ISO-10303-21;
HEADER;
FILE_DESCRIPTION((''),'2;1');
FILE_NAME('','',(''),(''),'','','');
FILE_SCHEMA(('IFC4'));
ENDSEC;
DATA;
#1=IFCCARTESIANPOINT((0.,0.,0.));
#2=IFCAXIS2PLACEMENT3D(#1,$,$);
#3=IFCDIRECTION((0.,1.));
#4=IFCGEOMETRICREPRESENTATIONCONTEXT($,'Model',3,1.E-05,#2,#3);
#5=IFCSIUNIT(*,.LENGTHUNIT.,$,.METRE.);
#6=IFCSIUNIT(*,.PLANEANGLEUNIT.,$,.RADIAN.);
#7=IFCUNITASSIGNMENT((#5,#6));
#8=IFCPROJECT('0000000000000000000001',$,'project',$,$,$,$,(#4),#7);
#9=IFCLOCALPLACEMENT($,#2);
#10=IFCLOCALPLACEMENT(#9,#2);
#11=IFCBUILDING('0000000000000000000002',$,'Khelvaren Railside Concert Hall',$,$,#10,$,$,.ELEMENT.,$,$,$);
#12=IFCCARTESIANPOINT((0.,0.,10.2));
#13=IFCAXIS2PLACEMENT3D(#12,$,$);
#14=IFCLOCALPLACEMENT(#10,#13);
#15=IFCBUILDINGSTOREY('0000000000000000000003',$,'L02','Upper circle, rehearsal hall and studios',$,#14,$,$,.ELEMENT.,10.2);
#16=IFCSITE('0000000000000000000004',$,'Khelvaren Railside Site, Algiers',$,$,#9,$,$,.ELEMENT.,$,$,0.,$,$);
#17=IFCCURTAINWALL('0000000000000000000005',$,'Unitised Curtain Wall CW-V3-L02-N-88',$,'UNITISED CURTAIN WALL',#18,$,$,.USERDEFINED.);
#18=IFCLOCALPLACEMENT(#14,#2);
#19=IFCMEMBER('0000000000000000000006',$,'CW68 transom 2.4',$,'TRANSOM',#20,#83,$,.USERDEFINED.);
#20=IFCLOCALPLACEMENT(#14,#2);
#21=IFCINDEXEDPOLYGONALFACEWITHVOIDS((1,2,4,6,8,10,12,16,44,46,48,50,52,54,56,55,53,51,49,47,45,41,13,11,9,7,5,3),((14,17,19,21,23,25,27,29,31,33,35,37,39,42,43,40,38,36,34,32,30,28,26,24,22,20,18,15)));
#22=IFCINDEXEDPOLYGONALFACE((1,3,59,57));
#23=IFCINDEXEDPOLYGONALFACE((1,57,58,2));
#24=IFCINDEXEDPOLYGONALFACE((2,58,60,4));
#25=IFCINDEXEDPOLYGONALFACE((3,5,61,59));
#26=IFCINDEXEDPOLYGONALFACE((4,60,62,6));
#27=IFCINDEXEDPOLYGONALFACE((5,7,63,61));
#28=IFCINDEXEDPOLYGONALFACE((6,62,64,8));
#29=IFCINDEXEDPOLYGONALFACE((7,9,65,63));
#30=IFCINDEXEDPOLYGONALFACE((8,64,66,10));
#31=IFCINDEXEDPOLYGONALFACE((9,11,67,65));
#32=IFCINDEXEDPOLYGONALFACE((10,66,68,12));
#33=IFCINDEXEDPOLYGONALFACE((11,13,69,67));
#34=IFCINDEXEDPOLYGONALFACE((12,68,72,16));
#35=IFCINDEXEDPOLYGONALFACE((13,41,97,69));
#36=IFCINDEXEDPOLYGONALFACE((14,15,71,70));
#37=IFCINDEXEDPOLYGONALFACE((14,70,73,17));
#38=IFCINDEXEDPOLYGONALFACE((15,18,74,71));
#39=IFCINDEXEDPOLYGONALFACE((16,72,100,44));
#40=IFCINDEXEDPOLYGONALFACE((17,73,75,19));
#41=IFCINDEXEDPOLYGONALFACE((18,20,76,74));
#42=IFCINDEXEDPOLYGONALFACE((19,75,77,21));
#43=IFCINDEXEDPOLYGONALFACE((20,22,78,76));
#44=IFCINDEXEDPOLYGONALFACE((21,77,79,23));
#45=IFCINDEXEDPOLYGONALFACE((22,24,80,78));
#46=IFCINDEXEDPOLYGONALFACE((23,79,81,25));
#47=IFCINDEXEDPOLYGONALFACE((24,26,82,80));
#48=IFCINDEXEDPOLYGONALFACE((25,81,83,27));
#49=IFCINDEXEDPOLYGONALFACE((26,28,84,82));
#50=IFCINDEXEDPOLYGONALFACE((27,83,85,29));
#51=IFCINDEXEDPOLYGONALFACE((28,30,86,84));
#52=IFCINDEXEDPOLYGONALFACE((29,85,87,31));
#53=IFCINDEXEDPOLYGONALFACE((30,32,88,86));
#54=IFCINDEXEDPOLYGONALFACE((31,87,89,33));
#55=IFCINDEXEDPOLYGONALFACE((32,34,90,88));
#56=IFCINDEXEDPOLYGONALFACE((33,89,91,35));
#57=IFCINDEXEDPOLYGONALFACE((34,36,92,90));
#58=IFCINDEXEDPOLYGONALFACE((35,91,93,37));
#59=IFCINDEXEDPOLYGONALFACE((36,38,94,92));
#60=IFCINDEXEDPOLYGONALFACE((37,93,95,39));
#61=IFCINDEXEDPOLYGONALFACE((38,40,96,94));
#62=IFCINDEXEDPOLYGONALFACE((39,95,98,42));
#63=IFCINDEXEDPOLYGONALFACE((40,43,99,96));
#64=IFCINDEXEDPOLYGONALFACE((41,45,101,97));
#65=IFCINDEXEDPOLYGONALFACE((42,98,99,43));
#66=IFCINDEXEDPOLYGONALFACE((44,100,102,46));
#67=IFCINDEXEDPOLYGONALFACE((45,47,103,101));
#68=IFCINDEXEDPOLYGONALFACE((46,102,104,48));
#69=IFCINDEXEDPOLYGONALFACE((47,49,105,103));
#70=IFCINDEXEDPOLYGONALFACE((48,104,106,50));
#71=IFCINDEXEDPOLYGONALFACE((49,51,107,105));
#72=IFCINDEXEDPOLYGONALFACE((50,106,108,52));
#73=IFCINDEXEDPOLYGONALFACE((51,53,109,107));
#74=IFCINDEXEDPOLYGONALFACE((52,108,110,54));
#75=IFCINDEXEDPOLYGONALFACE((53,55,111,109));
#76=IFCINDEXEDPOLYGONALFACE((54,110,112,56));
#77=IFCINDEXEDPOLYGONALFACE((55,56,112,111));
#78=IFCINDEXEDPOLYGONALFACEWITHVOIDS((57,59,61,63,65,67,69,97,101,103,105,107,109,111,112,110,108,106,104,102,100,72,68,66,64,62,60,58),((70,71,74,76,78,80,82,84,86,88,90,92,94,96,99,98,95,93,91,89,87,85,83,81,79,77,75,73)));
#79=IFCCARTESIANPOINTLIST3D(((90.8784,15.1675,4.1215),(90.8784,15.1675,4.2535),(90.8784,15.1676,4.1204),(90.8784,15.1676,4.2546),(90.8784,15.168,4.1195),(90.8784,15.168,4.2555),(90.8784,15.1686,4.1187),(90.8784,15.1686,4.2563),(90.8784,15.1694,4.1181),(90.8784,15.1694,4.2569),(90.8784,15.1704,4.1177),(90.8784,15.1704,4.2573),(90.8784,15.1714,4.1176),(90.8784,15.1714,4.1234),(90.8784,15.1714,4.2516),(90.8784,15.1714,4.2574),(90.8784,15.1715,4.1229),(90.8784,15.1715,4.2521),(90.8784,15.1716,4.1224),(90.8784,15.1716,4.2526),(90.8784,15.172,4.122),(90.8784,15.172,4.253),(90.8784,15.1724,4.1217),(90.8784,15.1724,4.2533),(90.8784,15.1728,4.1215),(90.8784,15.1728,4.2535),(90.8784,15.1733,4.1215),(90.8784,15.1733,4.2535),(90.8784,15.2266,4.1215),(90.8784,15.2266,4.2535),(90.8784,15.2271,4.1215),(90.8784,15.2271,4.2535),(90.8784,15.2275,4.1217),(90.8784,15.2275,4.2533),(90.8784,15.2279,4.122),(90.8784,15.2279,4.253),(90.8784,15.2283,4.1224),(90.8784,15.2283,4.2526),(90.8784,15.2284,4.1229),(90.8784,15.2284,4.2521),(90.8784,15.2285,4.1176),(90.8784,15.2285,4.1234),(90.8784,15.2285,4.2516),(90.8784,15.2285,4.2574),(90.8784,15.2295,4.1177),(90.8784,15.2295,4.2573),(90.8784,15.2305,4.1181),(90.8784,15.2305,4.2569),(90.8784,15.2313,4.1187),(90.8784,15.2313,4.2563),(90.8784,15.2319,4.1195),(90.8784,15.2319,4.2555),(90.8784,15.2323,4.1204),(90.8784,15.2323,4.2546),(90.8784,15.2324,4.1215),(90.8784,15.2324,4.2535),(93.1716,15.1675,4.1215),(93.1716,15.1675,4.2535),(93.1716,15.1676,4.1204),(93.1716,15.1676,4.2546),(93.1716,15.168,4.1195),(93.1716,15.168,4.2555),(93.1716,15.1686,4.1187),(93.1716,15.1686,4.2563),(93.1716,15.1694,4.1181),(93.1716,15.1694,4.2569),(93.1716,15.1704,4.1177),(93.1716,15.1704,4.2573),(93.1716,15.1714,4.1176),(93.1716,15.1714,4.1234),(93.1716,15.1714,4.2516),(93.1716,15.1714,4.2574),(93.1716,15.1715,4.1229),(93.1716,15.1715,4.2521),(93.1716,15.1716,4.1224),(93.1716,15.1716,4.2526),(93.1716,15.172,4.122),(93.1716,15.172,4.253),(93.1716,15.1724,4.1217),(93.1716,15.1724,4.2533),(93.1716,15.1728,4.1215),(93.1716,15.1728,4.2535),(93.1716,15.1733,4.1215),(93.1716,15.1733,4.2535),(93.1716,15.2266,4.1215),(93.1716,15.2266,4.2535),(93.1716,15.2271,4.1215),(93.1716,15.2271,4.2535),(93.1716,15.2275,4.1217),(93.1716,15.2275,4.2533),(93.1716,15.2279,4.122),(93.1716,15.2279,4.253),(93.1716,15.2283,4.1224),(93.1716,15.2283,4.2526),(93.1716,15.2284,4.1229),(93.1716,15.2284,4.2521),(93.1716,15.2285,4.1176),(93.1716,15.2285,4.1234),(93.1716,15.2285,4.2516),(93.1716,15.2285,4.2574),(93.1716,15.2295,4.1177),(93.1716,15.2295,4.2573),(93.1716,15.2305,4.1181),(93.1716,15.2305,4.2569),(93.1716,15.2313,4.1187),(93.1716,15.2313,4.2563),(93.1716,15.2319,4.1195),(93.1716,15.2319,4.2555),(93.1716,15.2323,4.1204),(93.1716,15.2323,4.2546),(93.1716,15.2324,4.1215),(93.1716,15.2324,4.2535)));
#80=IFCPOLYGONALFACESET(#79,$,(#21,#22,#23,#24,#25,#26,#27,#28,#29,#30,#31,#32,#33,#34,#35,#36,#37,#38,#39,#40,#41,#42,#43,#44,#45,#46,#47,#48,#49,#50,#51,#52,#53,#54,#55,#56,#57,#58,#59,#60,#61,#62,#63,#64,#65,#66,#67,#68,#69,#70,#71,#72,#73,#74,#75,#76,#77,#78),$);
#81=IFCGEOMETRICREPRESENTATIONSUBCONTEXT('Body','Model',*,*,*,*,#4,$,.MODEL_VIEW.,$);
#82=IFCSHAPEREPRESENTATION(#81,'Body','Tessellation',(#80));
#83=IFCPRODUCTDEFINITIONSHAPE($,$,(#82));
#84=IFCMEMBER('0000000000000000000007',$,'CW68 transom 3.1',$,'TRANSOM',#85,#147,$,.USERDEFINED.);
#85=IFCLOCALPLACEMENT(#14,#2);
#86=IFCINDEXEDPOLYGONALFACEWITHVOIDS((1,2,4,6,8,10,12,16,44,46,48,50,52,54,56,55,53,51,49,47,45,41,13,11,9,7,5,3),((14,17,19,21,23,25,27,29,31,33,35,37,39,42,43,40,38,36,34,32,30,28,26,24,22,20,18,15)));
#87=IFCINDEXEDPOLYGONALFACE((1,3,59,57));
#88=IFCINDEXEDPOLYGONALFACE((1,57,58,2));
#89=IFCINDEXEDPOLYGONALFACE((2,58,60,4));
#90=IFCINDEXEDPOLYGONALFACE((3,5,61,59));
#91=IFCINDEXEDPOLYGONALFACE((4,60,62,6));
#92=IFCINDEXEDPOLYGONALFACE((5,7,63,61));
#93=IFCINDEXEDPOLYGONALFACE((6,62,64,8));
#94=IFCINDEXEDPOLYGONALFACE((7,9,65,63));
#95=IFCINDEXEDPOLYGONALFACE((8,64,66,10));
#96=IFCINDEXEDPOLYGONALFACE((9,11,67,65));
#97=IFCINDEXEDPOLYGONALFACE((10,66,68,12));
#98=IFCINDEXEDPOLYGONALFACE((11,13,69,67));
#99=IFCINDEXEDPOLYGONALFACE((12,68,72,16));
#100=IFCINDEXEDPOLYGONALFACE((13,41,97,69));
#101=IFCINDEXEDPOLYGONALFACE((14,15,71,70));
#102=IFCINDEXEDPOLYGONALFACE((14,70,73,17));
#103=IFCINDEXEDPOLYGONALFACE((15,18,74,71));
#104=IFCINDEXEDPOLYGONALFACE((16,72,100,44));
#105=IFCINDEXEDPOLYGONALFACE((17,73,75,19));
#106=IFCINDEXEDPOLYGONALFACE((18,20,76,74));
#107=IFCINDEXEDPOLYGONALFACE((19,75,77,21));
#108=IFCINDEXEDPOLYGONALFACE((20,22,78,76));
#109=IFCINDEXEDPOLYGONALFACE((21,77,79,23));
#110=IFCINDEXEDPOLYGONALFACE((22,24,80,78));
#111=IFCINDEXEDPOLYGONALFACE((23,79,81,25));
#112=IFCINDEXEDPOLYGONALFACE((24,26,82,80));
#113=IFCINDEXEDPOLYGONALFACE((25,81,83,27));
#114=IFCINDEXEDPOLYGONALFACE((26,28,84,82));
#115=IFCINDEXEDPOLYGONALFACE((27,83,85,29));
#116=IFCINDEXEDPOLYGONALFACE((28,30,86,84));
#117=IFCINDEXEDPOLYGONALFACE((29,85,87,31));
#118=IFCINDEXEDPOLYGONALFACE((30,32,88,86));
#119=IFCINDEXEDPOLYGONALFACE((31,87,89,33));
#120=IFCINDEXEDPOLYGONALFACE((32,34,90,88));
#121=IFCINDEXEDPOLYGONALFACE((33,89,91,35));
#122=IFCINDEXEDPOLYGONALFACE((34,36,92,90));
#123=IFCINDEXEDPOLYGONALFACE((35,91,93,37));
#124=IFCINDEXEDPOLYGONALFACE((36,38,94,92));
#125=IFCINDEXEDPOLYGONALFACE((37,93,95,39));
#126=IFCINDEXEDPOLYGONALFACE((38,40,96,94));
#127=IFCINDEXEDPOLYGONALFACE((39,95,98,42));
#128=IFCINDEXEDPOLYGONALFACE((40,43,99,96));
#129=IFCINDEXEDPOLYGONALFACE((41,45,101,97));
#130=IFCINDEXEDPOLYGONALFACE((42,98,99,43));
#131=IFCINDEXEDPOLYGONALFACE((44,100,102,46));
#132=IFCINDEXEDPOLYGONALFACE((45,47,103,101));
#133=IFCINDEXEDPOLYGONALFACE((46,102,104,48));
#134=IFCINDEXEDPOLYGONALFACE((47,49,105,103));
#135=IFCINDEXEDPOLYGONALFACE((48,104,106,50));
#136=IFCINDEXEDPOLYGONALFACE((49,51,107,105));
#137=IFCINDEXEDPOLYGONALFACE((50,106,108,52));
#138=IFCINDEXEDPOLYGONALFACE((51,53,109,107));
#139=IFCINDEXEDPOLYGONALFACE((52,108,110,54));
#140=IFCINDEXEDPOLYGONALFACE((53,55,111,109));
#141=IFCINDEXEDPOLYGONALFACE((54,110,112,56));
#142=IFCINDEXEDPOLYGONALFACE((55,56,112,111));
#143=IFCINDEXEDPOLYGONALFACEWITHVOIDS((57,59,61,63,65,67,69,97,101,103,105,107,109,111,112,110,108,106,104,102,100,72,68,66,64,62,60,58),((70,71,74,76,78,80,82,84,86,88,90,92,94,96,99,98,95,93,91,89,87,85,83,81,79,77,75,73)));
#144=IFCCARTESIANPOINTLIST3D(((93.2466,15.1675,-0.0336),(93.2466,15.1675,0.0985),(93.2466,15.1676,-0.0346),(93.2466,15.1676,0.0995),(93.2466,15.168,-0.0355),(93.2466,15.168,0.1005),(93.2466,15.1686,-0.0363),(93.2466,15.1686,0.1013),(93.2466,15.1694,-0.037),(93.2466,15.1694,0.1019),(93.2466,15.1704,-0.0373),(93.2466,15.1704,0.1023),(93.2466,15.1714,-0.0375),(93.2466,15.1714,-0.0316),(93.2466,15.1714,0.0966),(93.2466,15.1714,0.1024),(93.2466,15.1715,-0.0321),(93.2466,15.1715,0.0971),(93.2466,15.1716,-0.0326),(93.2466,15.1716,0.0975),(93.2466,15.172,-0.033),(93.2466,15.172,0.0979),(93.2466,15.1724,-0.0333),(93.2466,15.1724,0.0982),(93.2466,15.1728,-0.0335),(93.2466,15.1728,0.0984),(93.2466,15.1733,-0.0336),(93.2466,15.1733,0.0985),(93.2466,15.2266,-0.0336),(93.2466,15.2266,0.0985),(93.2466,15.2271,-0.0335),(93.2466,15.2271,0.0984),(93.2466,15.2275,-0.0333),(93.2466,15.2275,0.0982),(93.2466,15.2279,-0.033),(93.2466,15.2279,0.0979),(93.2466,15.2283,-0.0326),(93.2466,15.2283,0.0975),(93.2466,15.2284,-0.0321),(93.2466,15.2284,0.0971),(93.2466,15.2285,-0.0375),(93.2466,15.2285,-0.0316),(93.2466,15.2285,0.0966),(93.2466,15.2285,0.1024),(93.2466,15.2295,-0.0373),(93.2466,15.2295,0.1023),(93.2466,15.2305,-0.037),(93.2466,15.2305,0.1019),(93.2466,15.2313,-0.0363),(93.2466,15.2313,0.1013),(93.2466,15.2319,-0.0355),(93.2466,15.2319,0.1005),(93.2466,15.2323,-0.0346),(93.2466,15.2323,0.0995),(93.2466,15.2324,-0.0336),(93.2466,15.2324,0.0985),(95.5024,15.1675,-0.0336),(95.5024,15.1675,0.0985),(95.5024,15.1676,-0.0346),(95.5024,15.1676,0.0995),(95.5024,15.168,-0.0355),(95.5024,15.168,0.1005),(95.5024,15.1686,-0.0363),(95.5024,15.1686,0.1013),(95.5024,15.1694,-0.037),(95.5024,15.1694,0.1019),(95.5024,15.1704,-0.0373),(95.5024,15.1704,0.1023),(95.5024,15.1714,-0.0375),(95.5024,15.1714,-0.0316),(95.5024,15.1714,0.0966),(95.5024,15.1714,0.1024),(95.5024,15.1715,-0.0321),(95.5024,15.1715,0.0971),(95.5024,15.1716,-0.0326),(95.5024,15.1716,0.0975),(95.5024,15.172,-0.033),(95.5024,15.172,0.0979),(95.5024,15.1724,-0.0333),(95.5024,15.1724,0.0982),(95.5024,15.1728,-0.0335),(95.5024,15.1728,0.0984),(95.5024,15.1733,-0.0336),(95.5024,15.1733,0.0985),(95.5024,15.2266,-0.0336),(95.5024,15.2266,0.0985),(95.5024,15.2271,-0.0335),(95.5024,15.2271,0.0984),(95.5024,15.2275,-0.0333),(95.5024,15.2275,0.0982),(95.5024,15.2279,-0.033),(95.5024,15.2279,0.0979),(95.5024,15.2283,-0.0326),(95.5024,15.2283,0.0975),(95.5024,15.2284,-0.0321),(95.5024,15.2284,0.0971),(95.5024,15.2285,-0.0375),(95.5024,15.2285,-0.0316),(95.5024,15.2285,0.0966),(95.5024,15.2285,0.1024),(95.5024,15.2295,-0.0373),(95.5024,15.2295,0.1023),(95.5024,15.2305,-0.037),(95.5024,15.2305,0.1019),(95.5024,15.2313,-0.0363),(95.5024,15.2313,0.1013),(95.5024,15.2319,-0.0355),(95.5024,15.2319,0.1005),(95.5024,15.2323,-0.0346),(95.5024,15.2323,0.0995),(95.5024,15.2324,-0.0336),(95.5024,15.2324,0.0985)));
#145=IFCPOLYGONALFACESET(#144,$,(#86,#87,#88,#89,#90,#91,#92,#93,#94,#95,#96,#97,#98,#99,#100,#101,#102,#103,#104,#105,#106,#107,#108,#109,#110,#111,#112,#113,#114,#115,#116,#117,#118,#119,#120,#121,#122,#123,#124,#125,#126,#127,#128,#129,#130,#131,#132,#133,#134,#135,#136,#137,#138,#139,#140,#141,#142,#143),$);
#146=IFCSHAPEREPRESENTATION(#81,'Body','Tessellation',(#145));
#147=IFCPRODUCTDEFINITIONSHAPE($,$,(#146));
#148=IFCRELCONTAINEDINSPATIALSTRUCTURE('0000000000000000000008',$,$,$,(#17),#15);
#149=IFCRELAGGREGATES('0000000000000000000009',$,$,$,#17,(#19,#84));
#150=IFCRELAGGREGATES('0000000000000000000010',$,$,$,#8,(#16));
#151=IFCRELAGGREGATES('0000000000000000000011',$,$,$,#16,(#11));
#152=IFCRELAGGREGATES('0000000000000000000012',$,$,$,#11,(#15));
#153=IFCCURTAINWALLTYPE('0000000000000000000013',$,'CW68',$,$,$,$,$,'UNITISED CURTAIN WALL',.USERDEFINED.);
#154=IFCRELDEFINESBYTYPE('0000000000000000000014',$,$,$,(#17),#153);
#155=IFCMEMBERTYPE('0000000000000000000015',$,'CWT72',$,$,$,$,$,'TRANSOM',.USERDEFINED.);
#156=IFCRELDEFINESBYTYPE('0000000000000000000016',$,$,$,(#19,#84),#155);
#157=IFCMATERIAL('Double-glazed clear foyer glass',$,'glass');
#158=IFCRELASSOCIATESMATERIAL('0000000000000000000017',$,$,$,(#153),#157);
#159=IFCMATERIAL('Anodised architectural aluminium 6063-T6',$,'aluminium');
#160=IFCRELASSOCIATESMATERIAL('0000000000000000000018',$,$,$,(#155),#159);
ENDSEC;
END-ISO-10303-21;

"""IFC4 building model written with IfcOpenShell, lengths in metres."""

from ifc_helpers import new_model, si_unit, direction, frame, origin, origin_2d, place, context, subcontext, project, spatial, hollow_rectangle, extrude, material, material_profile, profile_set, type_object, element, aggregate, save


model = new_model("IFC4")

# Units and contexts
model_context = context("Model", 3, precision=1e-05, world=origin(), true_north=direction((0.0, 1.0)))
body_context = subcontext(model_context, "Body", "Model", "MODEL_VIEW")
ifc_project = project(units=[si_unit("LENGTHUNIT", "METRE"), si_unit("PLANEANGLEUNIT", "RADIAN")], contexts=[model_context])

# Site, building, storey
site_placement = place(None, origin())
site = spatial("IfcSite", under=ifc_project, at=site_placement, Name="Khelvaren Railside Site, Algiers", CompositionType="ELEMENT", RefElevation=0.0)
building_placement = place(site_placement, origin())
building = spatial("IfcBuilding", under=site, at=building_placement, Name="Khelvaren Railside Concert Hall", CompositionType="ELEMENT")
storey_placement = place(building_placement, frame((0.0, 0.0, 10.2)))
storey = spatial("IfcBuildingStorey", under=building, at=storey_placement, Name="L02", Description="Upper circle, rehearsal hall and studios", CompositionType="ELEMENT", Elevation=10.2)

# Curtain wall, members
ifc_material_1 = material(Name="Double-glazed clear foyer glass", Category="glass")
curtain_wall_type = type_object("IfcCurtainWallType", Name="CW68", ElementType="UNITISED CURTAIN WALL", PredefinedType="USERDEFINED", material=ifc_material_1)
curtain_wall_placement = place(storey_placement, origin())
curtain_wall = element("IfcCurtainWall", 1, at=curtain_wall_placement, inside=storey, type_object=curtain_wall_type, Name="Unitised Curtain Wall CW-V3-L02-N-88", ObjectType="UNITISED CURTAIN WALL", PredefinedType="USERDEFINED")
ifc_material_2 = material(Name="Anodised architectural aluminium 6063-T6", Category="aluminium")
ifc_material_profile_1 = material_profile(ifc_material_2, hollow_rectangle(XDim=0.0649, YDim=0.1399, WallThickness=0.0039, InnerFilletRadius=0.002, OuterFilletRadius=0.0039, at=origin_2d()), Name="CWT 65x140x4")
ifc_profile_set_1 = profile_set([ifc_material_profile_1], Name="Anodised architectural aluminium 6063-T6")
member_type_1 = type_object("IfcMemberType", Name="CWT72", ElementType="TRANSOM", PredefinedType="USERDEFINED", material=ifc_profile_set_1)
member_1_placement = place(storey_placement, frame((90.8784, 15.2, 4.1875), z_axis=(1.0, 0.0, 0.0), x_axis=(0.0, 1.0, 0.0)))
member_1 = element("IfcMember", 2, at=member_1_placement, type_object=member_type_1, Name="CW68 transom 2.4", ObjectType="TRANSOM", PredefinedType="USERDEFINED", context=body_context, shape_type="SweptSolid", body=[
    extrude(hollow_rectangle(XDim=0.0649, YDim=0.1399, WallThickness=0.0039, InnerFilletRadius=0.002, OuterFilletRadius=0.0039, at=origin_2d()), origin(), (0.0, 0.0, 1.0), 2.2932),
])
member_2_placement = place(storey_placement, frame((93.2466, 15.2, 0.0325), z_axis=(1.0, 0.0, 0.0), x_axis=(0.0, 1.0, 0.0)))
member_2 = element("IfcMember", 3, at=member_2_placement, type_object=member_type_1, Name="CW68 transom 3.1", ObjectType="TRANSOM", PredefinedType="USERDEFINED", context=body_context, shape_type="SweptSolid", body=[
    extrude(hollow_rectangle(XDim=0.0649, YDim=0.1399, WallThickness=0.0039, InnerFilletRadius=0.002, OuterFilletRadius=0.0039, at=origin_2d()), origin(), (0.0, 0.0, 1.0), 2.2559),
])

aggregate(curtain_wall, [member_1, member_2])

save(model, "model.ifc")
